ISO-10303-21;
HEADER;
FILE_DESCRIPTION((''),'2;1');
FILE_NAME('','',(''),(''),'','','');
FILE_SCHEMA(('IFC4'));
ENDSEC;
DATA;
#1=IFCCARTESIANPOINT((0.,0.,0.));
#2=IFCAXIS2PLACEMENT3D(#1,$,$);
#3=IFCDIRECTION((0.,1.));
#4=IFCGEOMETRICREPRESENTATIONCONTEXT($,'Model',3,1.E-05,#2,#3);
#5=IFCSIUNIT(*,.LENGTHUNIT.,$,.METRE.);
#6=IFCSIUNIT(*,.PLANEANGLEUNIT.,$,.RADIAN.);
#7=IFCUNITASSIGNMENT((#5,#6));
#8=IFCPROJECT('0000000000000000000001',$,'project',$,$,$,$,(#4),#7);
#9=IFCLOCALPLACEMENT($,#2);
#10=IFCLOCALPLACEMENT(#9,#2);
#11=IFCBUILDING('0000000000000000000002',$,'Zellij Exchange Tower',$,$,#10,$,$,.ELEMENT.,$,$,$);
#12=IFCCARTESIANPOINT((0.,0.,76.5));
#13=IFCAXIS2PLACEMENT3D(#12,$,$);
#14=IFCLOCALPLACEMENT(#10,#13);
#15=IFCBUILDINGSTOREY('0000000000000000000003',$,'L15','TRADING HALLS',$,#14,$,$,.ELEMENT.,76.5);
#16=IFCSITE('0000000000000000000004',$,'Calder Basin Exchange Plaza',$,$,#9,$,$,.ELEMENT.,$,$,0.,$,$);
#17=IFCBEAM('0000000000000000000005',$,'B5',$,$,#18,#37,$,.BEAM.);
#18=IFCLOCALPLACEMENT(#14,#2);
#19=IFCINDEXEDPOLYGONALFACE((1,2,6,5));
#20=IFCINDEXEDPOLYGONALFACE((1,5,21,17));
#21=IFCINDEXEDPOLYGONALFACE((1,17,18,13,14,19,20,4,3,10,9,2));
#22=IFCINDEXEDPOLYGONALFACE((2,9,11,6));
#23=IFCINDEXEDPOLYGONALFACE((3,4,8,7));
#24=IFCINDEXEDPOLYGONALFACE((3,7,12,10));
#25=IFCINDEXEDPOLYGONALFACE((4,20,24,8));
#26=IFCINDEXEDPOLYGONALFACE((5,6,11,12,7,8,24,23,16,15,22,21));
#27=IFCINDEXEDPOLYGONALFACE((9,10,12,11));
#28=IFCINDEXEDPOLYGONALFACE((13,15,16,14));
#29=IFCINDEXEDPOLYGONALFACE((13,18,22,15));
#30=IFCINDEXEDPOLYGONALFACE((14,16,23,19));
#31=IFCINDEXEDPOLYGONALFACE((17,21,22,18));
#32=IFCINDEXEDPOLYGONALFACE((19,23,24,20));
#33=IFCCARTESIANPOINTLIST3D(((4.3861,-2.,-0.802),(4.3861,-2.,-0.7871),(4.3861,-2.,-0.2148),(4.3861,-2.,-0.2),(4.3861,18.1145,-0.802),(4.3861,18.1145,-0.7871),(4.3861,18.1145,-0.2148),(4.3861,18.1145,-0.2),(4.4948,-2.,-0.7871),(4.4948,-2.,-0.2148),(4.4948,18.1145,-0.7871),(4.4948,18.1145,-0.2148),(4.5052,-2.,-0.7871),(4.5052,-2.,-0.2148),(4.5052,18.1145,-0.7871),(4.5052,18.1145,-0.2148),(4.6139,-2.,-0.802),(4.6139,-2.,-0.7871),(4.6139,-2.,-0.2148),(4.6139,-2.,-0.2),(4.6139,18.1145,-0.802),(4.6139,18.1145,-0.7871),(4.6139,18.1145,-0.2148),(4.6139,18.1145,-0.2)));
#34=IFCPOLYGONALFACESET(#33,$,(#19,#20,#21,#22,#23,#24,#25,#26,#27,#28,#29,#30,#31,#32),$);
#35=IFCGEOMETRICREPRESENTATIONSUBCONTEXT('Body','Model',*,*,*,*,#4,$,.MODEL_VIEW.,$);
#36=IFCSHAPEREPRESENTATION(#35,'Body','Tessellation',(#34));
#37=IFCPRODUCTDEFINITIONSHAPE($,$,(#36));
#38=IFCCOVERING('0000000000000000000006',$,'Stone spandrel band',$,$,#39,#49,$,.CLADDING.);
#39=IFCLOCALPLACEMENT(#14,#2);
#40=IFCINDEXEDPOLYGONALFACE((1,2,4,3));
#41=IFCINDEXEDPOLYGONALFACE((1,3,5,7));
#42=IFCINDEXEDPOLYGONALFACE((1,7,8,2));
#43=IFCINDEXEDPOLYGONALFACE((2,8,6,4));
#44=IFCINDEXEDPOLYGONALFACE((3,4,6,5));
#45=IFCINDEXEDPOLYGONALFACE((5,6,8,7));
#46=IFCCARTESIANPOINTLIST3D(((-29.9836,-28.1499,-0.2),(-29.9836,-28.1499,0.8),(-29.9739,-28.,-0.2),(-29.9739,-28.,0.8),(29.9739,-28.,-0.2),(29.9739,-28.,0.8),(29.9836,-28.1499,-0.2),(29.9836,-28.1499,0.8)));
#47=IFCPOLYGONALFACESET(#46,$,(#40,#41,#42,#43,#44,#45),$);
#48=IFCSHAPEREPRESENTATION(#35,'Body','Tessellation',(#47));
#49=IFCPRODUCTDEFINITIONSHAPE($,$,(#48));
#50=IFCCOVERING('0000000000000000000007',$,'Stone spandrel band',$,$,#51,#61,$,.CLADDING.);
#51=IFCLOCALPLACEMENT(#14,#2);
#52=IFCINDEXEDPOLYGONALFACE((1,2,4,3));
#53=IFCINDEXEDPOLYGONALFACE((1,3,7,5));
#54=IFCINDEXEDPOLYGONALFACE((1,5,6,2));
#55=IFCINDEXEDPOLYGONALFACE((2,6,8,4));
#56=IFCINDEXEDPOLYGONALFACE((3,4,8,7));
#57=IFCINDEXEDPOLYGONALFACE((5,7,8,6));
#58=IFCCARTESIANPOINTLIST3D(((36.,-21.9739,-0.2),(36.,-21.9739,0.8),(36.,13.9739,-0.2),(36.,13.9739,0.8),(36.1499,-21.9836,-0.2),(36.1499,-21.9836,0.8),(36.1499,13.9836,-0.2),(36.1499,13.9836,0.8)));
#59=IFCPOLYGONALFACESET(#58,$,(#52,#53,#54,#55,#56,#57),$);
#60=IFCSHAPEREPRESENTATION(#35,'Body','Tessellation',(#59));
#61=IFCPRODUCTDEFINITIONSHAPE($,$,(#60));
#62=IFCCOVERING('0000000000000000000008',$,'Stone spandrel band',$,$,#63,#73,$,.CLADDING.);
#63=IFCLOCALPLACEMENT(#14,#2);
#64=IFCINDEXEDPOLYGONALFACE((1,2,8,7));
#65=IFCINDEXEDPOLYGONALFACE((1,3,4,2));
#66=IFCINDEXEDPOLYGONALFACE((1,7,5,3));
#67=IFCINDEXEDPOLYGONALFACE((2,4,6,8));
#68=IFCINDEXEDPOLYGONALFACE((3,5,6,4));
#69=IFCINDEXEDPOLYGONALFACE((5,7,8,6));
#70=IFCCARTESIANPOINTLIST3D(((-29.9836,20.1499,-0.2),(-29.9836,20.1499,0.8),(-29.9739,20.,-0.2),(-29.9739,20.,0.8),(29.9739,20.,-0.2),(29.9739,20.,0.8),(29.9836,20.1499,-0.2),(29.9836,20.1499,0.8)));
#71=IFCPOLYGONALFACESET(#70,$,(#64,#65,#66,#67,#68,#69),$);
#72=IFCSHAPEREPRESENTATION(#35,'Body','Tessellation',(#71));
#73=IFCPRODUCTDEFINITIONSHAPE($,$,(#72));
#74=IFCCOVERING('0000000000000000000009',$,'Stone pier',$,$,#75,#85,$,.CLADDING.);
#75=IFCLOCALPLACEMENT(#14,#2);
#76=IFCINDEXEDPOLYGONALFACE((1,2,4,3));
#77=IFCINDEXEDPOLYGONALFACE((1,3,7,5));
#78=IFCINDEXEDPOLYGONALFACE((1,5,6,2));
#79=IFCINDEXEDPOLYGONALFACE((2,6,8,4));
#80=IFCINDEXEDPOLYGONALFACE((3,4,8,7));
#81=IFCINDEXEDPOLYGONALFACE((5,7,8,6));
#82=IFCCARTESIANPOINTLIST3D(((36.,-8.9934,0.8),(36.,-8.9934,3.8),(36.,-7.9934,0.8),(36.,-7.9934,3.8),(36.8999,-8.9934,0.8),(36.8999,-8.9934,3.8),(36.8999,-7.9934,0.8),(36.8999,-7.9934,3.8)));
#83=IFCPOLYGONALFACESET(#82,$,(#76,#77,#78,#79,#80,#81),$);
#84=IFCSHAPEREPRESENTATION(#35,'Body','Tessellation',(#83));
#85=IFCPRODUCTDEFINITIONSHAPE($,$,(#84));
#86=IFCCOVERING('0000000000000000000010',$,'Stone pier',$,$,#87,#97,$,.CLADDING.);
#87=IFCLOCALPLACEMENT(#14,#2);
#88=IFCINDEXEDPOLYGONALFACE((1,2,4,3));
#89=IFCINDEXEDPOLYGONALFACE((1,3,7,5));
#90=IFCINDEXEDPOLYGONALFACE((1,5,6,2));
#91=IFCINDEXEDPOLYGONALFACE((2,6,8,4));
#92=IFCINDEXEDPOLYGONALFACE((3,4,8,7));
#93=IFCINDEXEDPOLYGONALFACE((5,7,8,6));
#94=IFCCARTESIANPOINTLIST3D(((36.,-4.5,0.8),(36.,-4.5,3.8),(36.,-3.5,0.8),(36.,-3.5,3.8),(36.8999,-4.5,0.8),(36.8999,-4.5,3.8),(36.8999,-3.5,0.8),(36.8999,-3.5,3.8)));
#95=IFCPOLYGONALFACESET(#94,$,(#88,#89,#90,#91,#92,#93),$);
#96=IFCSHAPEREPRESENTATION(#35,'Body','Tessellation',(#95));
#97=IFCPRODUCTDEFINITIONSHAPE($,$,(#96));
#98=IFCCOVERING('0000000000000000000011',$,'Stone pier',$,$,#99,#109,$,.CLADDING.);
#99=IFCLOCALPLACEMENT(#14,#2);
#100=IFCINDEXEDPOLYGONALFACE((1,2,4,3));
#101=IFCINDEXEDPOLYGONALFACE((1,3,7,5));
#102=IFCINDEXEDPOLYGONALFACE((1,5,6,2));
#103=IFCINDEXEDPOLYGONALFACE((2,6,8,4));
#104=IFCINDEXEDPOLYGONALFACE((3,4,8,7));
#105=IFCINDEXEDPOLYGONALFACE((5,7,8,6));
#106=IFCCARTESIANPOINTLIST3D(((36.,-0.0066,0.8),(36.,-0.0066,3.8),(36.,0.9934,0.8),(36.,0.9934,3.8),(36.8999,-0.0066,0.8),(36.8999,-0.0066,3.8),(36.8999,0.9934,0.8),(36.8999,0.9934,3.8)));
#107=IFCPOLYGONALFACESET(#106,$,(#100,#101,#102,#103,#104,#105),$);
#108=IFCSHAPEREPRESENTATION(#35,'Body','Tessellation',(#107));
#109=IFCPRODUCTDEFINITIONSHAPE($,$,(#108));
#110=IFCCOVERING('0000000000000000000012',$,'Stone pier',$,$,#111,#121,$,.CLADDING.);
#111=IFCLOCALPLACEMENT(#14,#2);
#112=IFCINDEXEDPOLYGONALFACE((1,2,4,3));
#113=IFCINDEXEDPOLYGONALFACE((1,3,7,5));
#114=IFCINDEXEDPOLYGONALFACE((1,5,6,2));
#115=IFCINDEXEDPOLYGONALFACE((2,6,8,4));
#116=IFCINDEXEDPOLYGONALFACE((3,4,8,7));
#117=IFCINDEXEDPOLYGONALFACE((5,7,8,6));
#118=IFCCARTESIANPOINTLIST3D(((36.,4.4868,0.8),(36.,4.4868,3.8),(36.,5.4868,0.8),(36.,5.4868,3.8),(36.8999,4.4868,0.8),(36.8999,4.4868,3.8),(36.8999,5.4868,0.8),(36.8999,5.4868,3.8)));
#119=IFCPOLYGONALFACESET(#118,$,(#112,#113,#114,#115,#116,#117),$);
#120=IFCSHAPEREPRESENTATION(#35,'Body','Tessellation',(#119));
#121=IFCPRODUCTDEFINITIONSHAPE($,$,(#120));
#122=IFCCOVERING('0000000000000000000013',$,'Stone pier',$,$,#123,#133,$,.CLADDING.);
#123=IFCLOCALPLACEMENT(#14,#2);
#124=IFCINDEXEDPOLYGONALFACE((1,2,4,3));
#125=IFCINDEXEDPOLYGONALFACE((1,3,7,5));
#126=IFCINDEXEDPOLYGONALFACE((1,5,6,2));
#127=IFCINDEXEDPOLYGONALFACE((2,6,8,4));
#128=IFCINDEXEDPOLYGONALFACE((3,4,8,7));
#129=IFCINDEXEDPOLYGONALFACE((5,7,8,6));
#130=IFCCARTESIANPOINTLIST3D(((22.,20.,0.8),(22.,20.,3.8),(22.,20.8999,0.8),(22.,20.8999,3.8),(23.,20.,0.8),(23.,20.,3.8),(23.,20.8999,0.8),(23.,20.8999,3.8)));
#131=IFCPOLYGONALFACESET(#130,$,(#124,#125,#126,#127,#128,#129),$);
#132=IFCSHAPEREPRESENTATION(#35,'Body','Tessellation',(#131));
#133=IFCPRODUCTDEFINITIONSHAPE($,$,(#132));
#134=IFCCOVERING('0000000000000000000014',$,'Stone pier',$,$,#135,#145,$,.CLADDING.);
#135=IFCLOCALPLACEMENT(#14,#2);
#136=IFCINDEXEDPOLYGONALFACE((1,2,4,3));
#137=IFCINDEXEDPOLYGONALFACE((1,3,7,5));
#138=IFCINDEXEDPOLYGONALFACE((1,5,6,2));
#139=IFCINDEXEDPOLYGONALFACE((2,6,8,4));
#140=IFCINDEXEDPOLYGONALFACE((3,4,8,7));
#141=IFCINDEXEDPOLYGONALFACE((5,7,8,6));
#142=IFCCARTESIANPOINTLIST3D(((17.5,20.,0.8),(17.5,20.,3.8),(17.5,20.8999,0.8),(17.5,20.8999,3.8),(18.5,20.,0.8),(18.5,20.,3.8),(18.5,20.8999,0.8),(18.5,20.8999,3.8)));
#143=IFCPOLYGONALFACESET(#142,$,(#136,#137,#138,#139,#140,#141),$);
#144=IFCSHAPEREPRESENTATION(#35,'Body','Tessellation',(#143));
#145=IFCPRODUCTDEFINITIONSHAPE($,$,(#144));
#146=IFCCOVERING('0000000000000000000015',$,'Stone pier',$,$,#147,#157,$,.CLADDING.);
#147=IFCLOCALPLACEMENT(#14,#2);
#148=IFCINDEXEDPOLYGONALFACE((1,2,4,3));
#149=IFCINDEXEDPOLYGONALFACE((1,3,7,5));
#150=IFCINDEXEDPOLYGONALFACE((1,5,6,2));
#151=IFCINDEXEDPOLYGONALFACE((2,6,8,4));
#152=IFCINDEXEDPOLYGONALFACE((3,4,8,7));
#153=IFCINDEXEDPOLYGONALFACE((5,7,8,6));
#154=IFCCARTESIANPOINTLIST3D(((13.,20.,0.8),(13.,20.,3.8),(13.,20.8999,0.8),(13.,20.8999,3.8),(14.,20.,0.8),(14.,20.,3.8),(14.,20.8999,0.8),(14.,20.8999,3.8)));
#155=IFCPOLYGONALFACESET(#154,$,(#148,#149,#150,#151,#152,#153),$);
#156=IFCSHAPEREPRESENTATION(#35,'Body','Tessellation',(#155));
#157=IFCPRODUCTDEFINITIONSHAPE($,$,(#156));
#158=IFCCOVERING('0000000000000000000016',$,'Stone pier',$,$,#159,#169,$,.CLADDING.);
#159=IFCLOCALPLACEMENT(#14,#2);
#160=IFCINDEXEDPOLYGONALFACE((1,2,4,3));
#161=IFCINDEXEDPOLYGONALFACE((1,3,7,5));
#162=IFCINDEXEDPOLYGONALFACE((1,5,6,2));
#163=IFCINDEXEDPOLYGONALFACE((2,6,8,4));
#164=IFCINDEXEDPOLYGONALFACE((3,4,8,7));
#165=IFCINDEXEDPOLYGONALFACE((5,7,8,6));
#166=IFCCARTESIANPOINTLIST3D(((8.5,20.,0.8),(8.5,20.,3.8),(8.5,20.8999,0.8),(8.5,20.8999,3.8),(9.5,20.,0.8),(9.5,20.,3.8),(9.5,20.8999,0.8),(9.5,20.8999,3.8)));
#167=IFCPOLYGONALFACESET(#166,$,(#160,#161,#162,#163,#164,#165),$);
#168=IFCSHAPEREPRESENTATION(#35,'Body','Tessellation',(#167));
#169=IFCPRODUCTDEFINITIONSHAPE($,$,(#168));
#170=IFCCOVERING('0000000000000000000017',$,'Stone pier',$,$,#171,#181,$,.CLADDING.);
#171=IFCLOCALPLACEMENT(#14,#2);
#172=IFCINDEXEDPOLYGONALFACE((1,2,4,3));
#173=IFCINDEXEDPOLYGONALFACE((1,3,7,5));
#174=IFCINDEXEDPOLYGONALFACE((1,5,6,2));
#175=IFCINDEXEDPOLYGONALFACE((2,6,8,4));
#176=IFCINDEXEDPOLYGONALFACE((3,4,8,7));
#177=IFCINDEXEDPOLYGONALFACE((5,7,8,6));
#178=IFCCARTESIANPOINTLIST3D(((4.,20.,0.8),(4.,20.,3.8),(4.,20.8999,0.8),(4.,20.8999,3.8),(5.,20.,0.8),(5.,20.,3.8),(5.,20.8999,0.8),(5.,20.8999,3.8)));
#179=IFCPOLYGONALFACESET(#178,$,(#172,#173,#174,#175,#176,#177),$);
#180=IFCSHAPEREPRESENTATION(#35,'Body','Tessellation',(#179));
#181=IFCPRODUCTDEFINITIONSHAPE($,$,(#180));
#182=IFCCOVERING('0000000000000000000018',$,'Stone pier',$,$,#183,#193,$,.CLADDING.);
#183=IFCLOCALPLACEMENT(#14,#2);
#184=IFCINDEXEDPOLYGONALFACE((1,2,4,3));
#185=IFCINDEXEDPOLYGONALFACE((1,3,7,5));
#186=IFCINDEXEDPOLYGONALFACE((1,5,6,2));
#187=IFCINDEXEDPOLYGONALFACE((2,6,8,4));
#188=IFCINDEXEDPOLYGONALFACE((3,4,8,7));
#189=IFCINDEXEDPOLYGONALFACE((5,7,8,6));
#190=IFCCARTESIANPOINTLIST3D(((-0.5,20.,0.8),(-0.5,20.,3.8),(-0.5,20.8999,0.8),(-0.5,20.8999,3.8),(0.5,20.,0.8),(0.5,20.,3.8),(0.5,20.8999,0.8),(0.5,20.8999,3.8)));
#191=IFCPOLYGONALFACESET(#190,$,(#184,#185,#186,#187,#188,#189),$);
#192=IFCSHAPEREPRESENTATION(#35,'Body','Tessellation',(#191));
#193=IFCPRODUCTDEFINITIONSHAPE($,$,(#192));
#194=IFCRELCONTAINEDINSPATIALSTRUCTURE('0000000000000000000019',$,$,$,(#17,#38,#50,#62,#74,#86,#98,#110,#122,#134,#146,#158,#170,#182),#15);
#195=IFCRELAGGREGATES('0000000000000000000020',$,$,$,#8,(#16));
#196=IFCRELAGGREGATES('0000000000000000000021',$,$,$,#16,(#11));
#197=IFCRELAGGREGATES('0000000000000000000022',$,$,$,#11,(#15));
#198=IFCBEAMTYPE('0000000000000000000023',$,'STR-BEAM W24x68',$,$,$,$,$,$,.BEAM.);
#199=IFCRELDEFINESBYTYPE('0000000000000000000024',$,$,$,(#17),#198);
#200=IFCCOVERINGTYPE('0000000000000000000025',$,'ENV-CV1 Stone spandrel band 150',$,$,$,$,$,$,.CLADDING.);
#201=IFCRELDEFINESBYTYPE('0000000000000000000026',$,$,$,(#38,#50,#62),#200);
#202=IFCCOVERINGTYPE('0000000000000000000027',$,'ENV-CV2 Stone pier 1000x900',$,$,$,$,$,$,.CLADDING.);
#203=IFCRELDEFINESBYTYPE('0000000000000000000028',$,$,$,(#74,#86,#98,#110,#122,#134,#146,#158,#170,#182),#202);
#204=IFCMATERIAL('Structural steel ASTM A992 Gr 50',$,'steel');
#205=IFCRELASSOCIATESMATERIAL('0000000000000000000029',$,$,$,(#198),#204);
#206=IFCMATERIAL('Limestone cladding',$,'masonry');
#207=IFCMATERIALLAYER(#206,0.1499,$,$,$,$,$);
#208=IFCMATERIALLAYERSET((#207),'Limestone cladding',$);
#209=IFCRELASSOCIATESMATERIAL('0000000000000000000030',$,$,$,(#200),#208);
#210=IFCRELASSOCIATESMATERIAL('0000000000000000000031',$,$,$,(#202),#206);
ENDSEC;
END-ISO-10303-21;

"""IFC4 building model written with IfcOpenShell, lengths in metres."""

from ifc_helpers import new_model, si_unit, direction, frame, origin, origin_2d, place, context, subcontext, project, spatial, polyline, i_section, outline, extrude, material, layer, layer_set, material_profile, profile_set, type_object, element, save


model = new_model("IFC4")

# Units and contexts
model_context = context("Model", 3, precision=1e-05, world=origin(), true_north=direction((0.0, 1.0)))
body_context = subcontext(model_context, "Body", "Model", "MODEL_VIEW")
ifc_project = project(units=[si_unit("LENGTHUNIT", "METRE"), si_unit("PLANEANGLEUNIT", "RADIAN")], contexts=[model_context])

# Site, building, storey
site_placement = place(None, origin())
site = spatial("IfcSite", under=ifc_project, at=site_placement, Name="Calder Basin Exchange Plaza", CompositionType="ELEMENT", RefElevation=0.0)
building_placement = place(site_placement, origin())
building = spatial("IfcBuilding", under=site, at=building_placement, Name="Zellij Exchange Tower", CompositionType="ELEMENT")
storey_placement = place(building_placement, frame((0.0, 0.0, 76.5)))
storey = spatial("IfcBuildingStorey", under=building, at=storey_placement, Name="L15", Description="TRADING HALLS", CompositionType="ELEMENT", Elevation=76.5)

# Beam
ifc_material_1 = material(Name="Structural steel ASTM A992 Gr 50", Category="steel")
ifc_material_profile = material_profile(ifc_material_1, i_section(OverallWidth=0.2278, OverallDepth=0.6021, WebThickness=0.0105, FlangeThickness=0.0149, at=origin_2d()), Name="W24x68")
ifc_profile_set = profile_set([ifc_material_profile], Name="Structural steel ASTM A992 Gr 50")
beam_type = type_object("IfcBeamType", Name="STR-BEAM W24x68", PredefinedType="BEAM", material=ifc_profile_set)
beam_placement = place(storey_placement, frame((4.5, -2.0, -0.501), z_axis=(0.0, 1.0, 0.0), x_axis=(-1.0, 0.0, 0.0)))
element("IfcBeam", 1, at=beam_placement, inside=storey, type_object=beam_type, Name="B5", PredefinedType="BEAM", context=body_context, shape_type="SweptSolid", body=[
    extrude(i_section(OverallWidth=0.2278, OverallDepth=0.6021, WebThickness=0.0105, FlangeThickness=0.0149, at=origin_2d()), origin(), (0.0, 0.0, 1.0), 20.1145),
])

# Coverings
ifc_material_2 = material(Name="Limestone cladding", Category="masonry")
ifc_layer = layer(ifc_material_2, 0.1499)
ifc_layer_set = layer_set([ifc_layer], Name="Limestone cladding")
covering_type_1 = type_object("IfcCoveringType", Name="ENV-CV1 Stone spandrel band 150", PredefinedType="CLADDING", material=ifc_layer_set)
covering_1_placement = place(storey_placement, frame((0.0, 0.0, -0.2)))
element("IfcCovering", 2, at=covering_1_placement, inside=storey, type_object=covering_type_1, Name="Stone spandrel band", PredefinedType="CLADDING", context=body_context, shape_type="SweptSolid", body=[
    extrude(outline(polyline([(-29.9739, -28.0), (29.9739, -28.0), (29.9836, -28.1499), (-29.9836, -28.1499), (-29.9739, -28.0)])), origin(), (0.0, 0.0, 1.0), 1.0),
])
covering_2_placement = place(storey_placement, frame((0.0, 0.0, -0.2)))
element("IfcCovering", 3, at=covering_2_placement, inside=storey, type_object=covering_type_1, Name="Stone spandrel band", PredefinedType="CLADDING", context=body_context, shape_type="SweptSolid", body=[
    extrude(outline(polyline([(36.0, -21.9739), (36.0, 13.9739), (36.1499, 13.9836), (36.1499, -21.9836), (36.0, -21.9739)])), origin(), (0.0, 0.0, 1.0), 1.0),
])
covering_3_placement = place(storey_placement, frame((0.0, 0.0, -0.2)))
element("IfcCovering", 4, at=covering_3_placement, inside=storey, type_object=covering_type_1, Name="Stone spandrel band", PredefinedType="CLADDING", context=body_context, shape_type="SweptSolid", body=[
    extrude(outline(polyline([(29.9739, 20.0), (-29.9739, 20.0), (-29.9836, 20.1499), (29.9836, 20.1499), (29.9739, 20.0)])), origin(), (0.0, 0.0, 1.0), 1.0),
])
covering_type_2 = type_object("IfcCoveringType", Name="ENV-CV2 Stone pier 1000x900", PredefinedType="CLADDING", material=ifc_material_2)
covering_4_placement = place(storey_placement, frame((0.0, 0.0, 0.8)))
element("IfcCovering", 5, at=covering_4_placement, inside=storey, type_object=covering_type_2, Name="Stone pier", PredefinedType="CLADDING", context=body_context, shape_type="SweptSolid", body=[
    extrude(outline(polyline([(36.0, -8.9934), (36.0, -7.9934), (36.8999, -7.9934), (36.8999, -8.9934), (36.0, -8.9934)])), origin(), (0.0, 0.0, 1.0), 3.0),
])
covering_5_placement = place(storey_placement, frame((0.0, 0.0, 0.8)))
element("IfcCovering", 6, at=covering_5_placement, inside=storey, type_object=covering_type_2, Name="Stone pier", PredefinedType="CLADDING", context=body_context, shape_type="SweptSolid", body=[
    extrude(outline(polyline([(36.0, -4.5), (36.0, -3.5), (36.8999, -3.5), (36.8999, -4.5), (36.0, -4.5)])), origin(), (0.0, 0.0, 1.0), 3.0),
])
covering_6_placement = place(storey_placement, frame((0.0, 0.0, 0.8)))
element("IfcCovering", 7, at=covering_6_placement, inside=storey, type_object=covering_type_2, Name="Stone pier", PredefinedType="CLADDING", context=body_context, shape_type="SweptSolid", body=[
    extrude(outline(polyline([(36.0, -0.0066), (36.0, 0.9934), (36.8999, 0.9934), (36.8999, -0.0066), (36.0, -0.0066)])), origin(), (0.0, 0.0, 1.0), 3.0),
])
covering_7_placement = place(storey_placement, frame((0.0, 0.0, 0.8)))
element("IfcCovering", 8, at=covering_7_placement, inside=storey, type_object=covering_type_2, Name="Stone pier", PredefinedType="CLADDING", context=body_context, shape_type="SweptSolid", body=[
    extrude(outline(polyline([(36.0, 4.4868), (36.0, 5.4868), (36.8999, 5.4868), (36.8999, 4.4868), (36.0, 4.4868)])), origin(), (0.0, 0.0, 1.0), 3.0),
])
covering_8_placement = place(storey_placement, frame((0.0, 0.0, 0.8)))
element("IfcCovering", 9, at=covering_8_placement, inside=storey, type_object=covering_type_2, Name="Stone pier", PredefinedType="CLADDING", context=body_context, shape_type="SweptSolid", body=[
    extrude(outline(polyline([(23.0, 20.0), (22.0, 20.0), (22.0, 20.8999), (23.0, 20.8999), (23.0, 20.0)])), origin(), (0.0, 0.0, 1.0), 3.0),
])
covering_9_placement = place(storey_placement, frame((0.0, 0.0, 0.8)))
element("IfcCovering", 10, at=covering_9_placement, inside=storey, type_object=covering_type_2, Name="Stone pier", PredefinedType="CLADDING", context=body_context, shape_type="SweptSolid", body=[
    extrude(outline(polyline([(18.5, 20.0), (17.5, 20.0), (17.5, 20.8999), (18.5, 20.8999), (18.5, 20.0)])), origin(), (0.0, 0.0, 1.0), 3.0),
])
covering_10_placement = place(storey_placement, frame((0.0, 0.0, 0.8)))
element("IfcCovering", 11, at=covering_10_placement, inside=storey, type_object=covering_type_2, Name="Stone pier", PredefinedType="CLADDING", context=body_context, shape_type="SweptSolid", body=[
    extrude(outline(polyline([(14.0, 20.0), (13.0, 20.0), (13.0, 20.8999), (14.0, 20.8999), (14.0, 20.0)])), origin(), (0.0, 0.0, 1.0), 3.0),
])
covering_11_placement = place(storey_placement, frame((0.0, 0.0, 0.8)))
element("IfcCovering", 12, at=covering_11_placement, inside=storey, type_object=covering_type_2, Name="Stone pier", PredefinedType="CLADDING", context=body_context, shape_type="SweptSolid", body=[
    extrude(outline(polyline([(9.5, 20.0), (8.5, 20.0), (8.5, 20.8999), (9.5, 20.8999), (9.5, 20.0)])), origin(), (0.0, 0.0, 1.0), 3.0),
])
covering_12_placement = place(storey_placement, frame((0.0, 0.0, 0.8)))
element("IfcCovering", 13, at=covering_12_placement, inside=storey, type_object=covering_type_2, Name="Stone pier", PredefinedType="CLADDING", context=body_context, shape_type="SweptSolid", body=[
    extrude(outline(polyline([(5.0, 20.0), (4.0, 20.0), (4.0, 20.8999), (5.0, 20.8999), (5.0, 20.0)])), origin(), (0.0, 0.0, 1.0), 3.0),
])
covering_13_placement = place(storey_placement, frame((0.0, 0.0, 0.8)))
element("IfcCovering", 14, at=covering_13_placement, inside=storey, type_object=covering_type_2, Name="Stone pier", PredefinedType="CLADDING", context=body_context, shape_type="SweptSolid", body=[
    extrude(outline(polyline([(0.5, 20.0), (-0.5, 20.0), (-0.5, 20.8999), (0.5, 20.8999), (0.5, 20.0)])), origin(), (0.0, 0.0, 1.0), 3.0),
])

save(model, "model.ifc")
